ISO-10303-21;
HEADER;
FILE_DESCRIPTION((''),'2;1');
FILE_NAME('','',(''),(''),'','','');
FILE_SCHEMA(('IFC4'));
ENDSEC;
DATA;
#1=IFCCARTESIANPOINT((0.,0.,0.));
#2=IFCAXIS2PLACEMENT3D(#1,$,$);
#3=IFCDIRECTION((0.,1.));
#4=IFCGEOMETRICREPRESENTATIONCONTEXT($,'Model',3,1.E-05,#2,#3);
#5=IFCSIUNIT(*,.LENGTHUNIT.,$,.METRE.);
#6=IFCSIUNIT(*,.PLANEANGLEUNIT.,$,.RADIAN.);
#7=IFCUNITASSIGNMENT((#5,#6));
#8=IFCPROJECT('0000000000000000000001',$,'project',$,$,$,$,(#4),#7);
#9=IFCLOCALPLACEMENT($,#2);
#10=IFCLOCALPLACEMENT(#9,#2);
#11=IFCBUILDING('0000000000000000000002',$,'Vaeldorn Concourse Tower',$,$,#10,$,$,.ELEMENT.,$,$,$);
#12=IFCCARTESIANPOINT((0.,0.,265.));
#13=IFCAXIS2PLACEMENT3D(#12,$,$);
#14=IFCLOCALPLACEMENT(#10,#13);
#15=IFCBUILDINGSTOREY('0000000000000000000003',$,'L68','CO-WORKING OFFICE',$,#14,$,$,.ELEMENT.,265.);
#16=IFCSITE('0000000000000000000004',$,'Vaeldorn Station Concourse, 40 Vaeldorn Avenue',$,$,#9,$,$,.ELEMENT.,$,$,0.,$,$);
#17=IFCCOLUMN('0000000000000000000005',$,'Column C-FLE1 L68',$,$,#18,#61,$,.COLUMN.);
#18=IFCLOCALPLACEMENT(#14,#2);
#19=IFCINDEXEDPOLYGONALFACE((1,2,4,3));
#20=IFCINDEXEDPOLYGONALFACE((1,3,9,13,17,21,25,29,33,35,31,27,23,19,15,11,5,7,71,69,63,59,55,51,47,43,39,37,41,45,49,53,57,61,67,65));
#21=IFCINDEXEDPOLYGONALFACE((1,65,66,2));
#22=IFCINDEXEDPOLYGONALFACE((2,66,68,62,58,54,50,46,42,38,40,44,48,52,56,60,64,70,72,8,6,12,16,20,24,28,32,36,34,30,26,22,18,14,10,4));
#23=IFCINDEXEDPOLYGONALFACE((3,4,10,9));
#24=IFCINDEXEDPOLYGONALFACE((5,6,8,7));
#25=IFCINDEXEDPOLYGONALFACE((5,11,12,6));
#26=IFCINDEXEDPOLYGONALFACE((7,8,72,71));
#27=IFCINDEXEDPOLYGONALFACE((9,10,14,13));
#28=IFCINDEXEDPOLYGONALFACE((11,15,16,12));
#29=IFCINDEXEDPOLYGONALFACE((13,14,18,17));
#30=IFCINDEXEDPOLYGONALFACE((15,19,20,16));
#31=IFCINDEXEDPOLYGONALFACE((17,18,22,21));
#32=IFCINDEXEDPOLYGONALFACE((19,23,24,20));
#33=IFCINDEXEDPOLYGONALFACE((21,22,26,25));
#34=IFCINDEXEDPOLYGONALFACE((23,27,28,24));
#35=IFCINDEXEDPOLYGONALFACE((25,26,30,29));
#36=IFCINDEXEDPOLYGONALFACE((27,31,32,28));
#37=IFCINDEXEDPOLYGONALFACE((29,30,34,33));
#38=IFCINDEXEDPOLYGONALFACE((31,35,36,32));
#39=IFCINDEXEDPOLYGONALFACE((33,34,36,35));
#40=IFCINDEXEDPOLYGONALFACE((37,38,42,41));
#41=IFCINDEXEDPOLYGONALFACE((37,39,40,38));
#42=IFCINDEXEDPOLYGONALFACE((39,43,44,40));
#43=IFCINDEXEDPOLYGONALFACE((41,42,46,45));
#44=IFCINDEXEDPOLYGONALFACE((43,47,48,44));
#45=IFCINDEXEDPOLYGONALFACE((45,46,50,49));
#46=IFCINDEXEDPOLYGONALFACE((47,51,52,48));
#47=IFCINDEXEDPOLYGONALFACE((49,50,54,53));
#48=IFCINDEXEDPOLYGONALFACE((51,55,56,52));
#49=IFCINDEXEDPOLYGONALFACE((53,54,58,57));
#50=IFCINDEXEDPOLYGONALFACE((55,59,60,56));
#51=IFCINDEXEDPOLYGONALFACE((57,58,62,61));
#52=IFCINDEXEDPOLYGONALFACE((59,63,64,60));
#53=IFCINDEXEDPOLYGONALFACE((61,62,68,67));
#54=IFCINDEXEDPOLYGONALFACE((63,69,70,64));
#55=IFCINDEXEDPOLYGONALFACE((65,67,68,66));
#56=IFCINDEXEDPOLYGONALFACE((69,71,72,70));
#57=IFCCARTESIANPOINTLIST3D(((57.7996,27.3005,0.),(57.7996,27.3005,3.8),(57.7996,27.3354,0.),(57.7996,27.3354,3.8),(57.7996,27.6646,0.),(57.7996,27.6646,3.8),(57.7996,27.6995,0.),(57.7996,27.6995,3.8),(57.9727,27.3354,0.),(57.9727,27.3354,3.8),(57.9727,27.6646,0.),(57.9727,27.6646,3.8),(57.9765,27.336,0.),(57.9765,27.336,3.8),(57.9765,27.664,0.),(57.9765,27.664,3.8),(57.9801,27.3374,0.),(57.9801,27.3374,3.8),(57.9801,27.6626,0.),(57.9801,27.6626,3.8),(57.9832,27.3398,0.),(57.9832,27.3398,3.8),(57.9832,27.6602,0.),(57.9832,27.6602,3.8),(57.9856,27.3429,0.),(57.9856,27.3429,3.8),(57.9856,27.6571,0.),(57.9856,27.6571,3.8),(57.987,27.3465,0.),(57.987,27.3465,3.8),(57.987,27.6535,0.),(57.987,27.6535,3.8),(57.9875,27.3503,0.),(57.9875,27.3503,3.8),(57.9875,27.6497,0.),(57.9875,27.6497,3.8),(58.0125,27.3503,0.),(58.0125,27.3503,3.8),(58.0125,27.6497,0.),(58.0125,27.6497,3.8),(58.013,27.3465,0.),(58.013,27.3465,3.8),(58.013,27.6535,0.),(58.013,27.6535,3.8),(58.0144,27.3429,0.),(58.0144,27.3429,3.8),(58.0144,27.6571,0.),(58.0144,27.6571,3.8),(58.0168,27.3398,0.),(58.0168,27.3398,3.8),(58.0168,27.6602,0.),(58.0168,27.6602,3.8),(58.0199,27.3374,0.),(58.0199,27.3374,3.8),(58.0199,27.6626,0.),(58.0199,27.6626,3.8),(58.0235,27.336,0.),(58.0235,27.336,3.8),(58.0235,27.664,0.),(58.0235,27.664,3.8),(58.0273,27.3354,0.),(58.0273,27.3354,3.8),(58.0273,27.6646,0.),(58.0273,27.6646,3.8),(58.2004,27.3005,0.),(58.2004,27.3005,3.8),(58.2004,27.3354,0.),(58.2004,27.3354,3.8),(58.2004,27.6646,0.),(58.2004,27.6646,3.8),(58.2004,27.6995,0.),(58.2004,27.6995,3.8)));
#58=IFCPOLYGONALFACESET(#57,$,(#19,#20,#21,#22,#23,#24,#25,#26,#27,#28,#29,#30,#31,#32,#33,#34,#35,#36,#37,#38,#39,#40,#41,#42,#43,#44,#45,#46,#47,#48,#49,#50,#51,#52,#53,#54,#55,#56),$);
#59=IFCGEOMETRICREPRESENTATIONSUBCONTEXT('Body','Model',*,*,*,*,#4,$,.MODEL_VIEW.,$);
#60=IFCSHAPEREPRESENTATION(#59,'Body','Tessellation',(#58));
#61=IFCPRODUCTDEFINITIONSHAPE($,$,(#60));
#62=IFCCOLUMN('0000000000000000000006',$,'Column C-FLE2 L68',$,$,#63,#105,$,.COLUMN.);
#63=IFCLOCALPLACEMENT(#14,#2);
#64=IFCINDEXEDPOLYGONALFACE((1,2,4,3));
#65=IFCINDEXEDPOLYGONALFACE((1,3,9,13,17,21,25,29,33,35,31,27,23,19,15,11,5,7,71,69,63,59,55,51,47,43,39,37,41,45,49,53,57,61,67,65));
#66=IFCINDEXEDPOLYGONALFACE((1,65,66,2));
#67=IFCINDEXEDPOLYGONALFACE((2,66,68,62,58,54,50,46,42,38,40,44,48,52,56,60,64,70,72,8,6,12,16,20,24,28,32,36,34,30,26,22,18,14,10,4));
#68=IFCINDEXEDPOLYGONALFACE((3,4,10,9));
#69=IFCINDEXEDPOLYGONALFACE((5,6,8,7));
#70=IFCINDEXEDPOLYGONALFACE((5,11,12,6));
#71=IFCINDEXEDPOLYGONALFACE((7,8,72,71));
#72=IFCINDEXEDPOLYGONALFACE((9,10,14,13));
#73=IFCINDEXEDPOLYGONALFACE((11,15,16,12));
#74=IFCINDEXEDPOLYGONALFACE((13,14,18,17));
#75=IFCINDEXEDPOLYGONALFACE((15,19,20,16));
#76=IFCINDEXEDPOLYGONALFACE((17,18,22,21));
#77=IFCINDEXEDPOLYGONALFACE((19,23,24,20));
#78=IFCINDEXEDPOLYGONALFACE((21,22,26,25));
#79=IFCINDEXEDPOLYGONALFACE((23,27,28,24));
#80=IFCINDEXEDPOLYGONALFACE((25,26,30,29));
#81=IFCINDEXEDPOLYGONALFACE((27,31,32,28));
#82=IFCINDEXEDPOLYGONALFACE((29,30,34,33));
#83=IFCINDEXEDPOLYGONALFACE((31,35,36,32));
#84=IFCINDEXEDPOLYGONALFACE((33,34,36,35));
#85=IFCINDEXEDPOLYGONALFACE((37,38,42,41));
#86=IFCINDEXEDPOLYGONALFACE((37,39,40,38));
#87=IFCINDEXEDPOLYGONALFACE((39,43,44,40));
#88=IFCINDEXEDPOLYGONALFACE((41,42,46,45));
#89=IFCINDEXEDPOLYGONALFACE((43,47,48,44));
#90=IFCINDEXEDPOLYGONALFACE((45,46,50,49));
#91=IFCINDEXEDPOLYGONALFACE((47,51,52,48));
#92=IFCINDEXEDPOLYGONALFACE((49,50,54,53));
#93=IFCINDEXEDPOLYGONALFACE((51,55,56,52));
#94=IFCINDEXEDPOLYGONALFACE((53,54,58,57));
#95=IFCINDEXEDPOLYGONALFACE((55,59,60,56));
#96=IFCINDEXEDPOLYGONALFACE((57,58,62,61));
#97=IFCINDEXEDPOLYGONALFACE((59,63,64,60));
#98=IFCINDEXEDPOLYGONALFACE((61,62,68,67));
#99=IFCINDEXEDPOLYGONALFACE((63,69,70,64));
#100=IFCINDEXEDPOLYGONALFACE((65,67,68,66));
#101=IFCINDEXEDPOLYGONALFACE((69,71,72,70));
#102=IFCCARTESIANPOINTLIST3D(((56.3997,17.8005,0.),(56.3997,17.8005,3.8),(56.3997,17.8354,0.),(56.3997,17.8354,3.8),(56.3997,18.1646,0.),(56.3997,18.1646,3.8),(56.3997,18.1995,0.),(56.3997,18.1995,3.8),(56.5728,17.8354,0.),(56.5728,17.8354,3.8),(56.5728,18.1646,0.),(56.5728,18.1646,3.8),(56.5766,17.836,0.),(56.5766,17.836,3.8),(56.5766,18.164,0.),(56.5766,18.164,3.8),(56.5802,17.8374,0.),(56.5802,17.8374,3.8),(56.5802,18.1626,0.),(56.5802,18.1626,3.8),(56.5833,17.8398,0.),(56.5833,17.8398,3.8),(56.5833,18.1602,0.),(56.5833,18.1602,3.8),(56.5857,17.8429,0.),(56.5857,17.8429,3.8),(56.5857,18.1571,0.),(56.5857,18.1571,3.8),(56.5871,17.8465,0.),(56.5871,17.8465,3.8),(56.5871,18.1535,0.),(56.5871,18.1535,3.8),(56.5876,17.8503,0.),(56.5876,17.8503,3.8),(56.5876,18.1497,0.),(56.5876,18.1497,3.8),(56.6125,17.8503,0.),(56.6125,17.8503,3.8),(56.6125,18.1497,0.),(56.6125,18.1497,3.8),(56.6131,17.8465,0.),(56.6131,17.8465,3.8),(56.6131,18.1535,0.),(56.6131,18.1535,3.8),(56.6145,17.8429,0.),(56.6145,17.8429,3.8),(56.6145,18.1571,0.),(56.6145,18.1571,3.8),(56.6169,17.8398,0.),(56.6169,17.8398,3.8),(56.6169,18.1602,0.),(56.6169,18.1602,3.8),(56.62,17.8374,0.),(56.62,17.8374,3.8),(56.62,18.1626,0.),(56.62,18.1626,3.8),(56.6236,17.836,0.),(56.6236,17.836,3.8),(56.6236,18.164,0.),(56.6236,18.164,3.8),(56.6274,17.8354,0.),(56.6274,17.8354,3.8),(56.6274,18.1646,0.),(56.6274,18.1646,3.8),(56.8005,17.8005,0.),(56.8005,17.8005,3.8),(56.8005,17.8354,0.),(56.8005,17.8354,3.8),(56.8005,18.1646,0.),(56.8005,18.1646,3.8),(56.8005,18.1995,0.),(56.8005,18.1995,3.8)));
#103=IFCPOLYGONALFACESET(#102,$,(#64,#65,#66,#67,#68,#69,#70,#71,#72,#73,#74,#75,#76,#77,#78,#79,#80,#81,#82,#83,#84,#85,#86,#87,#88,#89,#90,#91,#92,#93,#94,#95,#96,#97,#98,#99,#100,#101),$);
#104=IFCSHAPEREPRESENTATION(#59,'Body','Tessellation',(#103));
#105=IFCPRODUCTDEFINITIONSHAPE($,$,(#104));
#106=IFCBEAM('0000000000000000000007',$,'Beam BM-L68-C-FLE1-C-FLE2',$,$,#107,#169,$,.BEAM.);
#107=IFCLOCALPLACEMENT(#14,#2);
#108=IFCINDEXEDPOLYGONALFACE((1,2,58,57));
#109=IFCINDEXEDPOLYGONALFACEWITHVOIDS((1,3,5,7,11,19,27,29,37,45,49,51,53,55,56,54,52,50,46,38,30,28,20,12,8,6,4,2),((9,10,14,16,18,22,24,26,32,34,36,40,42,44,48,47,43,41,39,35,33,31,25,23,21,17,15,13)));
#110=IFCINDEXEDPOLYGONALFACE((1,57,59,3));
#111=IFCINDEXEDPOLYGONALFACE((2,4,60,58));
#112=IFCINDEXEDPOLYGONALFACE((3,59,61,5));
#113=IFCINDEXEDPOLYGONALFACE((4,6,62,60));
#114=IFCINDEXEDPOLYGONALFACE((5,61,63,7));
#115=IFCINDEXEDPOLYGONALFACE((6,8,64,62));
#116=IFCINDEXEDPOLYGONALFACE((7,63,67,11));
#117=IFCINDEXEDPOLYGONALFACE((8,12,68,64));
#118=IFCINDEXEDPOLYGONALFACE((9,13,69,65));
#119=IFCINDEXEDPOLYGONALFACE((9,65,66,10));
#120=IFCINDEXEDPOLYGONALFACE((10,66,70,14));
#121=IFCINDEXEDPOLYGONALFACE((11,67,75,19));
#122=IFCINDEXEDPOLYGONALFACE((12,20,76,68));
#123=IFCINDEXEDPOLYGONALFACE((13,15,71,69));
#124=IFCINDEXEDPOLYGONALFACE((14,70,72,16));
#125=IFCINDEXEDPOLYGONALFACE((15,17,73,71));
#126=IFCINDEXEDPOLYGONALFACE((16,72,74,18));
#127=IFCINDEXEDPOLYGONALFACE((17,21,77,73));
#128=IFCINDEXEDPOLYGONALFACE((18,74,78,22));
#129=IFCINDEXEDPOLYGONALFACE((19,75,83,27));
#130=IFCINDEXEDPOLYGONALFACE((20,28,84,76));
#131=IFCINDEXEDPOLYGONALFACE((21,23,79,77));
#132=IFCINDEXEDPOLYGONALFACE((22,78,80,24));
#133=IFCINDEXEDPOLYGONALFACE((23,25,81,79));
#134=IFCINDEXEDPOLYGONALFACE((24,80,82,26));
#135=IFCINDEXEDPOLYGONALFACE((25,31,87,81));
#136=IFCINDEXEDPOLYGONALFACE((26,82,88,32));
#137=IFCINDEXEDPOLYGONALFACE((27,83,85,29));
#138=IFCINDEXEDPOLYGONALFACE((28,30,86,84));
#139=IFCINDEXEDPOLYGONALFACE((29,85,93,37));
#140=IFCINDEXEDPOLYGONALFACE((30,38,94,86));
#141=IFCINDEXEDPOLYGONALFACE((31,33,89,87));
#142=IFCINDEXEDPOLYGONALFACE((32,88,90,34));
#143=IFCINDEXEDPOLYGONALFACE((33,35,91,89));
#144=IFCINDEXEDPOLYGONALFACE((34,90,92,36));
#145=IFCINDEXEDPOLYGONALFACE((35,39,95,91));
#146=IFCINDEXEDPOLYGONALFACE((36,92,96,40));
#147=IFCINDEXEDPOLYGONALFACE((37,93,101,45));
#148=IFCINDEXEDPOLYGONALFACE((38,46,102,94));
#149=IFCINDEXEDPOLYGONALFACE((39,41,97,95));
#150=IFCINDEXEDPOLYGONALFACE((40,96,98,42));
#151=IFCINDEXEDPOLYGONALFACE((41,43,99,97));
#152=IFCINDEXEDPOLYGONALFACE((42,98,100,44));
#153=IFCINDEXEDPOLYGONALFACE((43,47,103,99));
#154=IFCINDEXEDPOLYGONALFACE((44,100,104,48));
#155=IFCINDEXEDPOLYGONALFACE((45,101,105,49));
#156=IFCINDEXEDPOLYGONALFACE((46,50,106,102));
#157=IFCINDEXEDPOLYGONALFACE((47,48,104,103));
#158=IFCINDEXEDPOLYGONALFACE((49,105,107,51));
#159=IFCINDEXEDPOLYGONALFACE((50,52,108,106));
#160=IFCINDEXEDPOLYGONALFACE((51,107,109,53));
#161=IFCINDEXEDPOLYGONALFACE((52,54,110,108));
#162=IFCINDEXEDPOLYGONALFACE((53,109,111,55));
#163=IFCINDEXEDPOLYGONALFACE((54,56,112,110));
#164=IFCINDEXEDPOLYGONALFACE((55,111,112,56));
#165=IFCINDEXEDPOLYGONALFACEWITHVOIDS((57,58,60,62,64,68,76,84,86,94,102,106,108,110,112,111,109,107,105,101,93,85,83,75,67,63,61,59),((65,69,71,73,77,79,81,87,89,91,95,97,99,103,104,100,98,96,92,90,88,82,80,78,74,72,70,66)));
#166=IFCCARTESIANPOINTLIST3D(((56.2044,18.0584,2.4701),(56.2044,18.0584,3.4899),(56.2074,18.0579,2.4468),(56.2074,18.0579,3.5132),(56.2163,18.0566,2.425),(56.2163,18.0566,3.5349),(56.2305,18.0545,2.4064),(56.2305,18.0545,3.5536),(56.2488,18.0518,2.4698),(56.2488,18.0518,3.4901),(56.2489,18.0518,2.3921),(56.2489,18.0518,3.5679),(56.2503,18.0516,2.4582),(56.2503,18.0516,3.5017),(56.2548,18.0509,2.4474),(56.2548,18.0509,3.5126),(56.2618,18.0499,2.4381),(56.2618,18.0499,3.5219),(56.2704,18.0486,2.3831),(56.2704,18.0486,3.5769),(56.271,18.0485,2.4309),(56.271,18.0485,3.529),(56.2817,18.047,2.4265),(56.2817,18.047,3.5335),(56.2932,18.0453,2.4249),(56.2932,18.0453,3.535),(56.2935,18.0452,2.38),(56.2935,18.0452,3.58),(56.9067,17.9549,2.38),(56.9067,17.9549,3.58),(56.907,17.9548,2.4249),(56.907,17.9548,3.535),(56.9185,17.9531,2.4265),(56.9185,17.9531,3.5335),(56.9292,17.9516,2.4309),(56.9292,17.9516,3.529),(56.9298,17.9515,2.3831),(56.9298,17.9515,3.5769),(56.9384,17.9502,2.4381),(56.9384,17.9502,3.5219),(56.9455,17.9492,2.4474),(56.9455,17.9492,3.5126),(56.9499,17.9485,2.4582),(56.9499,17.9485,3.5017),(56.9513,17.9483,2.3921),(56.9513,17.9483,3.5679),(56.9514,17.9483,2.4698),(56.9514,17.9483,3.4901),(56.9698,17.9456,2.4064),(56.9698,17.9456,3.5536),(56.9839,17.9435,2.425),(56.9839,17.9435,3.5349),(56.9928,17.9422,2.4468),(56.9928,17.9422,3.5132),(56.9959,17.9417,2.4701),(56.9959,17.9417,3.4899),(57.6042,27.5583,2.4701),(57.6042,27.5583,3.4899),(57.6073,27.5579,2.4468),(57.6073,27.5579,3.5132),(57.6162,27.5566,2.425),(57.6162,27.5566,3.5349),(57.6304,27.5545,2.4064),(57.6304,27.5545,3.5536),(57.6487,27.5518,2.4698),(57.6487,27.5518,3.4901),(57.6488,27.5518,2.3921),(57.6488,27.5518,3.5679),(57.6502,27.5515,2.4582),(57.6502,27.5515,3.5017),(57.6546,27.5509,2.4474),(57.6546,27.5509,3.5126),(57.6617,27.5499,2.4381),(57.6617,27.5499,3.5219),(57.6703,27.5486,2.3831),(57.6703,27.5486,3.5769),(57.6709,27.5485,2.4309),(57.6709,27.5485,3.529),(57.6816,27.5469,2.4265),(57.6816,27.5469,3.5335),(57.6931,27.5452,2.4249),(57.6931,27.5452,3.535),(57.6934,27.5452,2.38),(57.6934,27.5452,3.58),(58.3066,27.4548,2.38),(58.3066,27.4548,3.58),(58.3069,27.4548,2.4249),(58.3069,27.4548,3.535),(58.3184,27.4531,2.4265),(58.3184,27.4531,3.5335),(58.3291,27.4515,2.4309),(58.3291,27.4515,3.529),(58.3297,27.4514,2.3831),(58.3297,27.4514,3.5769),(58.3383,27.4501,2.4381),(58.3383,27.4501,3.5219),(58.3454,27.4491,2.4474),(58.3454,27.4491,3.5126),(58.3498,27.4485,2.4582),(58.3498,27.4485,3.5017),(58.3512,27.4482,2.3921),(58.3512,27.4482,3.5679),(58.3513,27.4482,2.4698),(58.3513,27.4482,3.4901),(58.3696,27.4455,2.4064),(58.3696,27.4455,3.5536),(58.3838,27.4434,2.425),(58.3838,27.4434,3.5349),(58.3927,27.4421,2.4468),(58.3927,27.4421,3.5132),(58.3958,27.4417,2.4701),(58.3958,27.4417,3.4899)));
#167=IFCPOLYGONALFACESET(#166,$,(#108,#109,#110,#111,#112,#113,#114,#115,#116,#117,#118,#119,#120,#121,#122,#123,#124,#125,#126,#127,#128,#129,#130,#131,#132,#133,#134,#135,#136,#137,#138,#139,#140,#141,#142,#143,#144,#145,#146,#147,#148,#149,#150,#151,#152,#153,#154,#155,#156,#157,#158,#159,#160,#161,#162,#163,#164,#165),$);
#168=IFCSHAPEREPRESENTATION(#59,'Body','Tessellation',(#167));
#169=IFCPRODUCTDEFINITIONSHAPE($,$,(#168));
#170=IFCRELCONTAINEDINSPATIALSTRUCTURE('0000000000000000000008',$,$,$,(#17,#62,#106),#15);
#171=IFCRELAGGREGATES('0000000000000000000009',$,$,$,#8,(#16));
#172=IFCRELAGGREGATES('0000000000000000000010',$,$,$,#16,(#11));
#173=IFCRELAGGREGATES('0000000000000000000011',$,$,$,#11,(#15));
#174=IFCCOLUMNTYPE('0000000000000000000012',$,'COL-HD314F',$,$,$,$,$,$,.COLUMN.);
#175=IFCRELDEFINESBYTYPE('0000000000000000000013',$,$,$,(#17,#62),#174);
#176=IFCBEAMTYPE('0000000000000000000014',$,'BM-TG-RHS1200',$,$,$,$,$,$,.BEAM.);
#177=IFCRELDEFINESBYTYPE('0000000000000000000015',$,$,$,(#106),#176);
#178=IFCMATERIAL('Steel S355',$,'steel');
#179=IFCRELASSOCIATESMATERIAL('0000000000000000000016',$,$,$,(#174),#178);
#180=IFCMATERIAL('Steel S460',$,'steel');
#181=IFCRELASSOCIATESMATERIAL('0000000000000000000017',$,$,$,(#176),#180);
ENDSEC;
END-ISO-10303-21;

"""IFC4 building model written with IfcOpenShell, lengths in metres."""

from ifc_helpers import new_model, si_unit, direction, frame, origin, origin_2d, place, context, subcontext, project, spatial, hollow_rectangle, i_section, extrude, source, transform, mapped, material, material_profile, profile_set, type_object, element, save


model = new_model("IFC4")

# Units and contexts
model_context = context("Model", 3, precision=1e-05, world=origin(), true_north=direction((0.0, 1.0)))
body_context = subcontext(model_context, "Body", "Model", "MODEL_VIEW")
ifc_project = project(units=[si_unit("LENGTHUNIT", "METRE"), si_unit("PLANEANGLEUNIT", "RADIAN")], contexts=[model_context])

# Site, building, storey
site_placement = place(None, origin())
site = spatial("IfcSite", under=ifc_project, at=site_placement, Name="Vaeldorn Station Concourse, 40 Vaeldorn Avenue", CompositionType="ELEMENT", RefElevation=0.0)
building_placement = place(site_placement, origin())
building = spatial("IfcBuilding", under=site, at=building_placement, Name="Vaeldorn Concourse Tower", CompositionType="ELEMENT")
storey_placement = place(building_placement, frame((0.0, 0.0, 265.0)))
storey = spatial("IfcBuildingStorey", under=building, at=storey_placement, Name="L68", Description="CO-WORKING OFFICE", CompositionType="ELEMENT", Elevation=265.0)

# Columns
ifc_material_1 = material(Name="Steel S355", Category="steel")
ifc_material_profile_1 = material_profile(ifc_material_1, i_section(OverallWidth=0.4009, OverallDepth=0.3989, WebThickness=0.0249, FlangeThickness=0.0349, FilletRadius=0.0149, at=origin_2d()), Name="HD 400x314")
ifc_profile_set_1 = profile_set([ifc_material_profile_1], Name="Steel S355")
column_type = type_object("IfcColumnType", Name="COL-HD314F", PredefinedType="COLUMN", material=ifc_profile_set_1)
shared_shape_1 = source(origin(), body_context, "Body", "SweptSolid", [
    extrude(i_section(OverallWidth=0.4009, OverallDepth=0.3989, WebThickness=0.0249, FlangeThickness=0.0349, FilletRadius=0.0149, at=origin_2d()), origin(), (0.0, 0.0, 1.0), 3.8),
])
for number, where, z_axis, x_axis, name in (
    (1, (58.0, 27.5, 0.0), (0.0, 0.0, 1.0), (1.0, 0.0, 0.0), "Column C-FLE1 L68"),
    (2, (56.6001, 18.0, 0.0), (0.0, 0.0, 1.0), (1.0, 0.0, 0.0), "Column C-FLE2 L68"),
):
    element("IfcColumn", number, at=place(storey_placement, frame(where, z_axis=z_axis, x_axis=x_axis)), inside=storey, type_object=column_type, Name=name, PredefinedType="COLUMN", context=body_context, shape_type="MappedRepresentation", body=[
        mapped(shared_shape_1, transform((0.0, 0.0, 0.0), scale=1.0)),
    ])

# Beam
ifc_material_2 = material(Name="Steel S460", Category="steel")
ifc_material_profile_2 = material_profile(ifc_material_2, hollow_rectangle(XDim=0.8, YDim=1.2, WallThickness=0.0449, InnerFilletRadius=0.0449, OuterFilletRadius=0.0901, at=origin_2d()), Name="RHS 1200x800x45")
ifc_profile_set_2 = profile_set([ifc_material_profile_2], Name="Steel S460")
beam_type_1 = type_object("IfcBeamType", Name="BM-TG-RHS1200", PredefinedType="BEAM", material=ifc_profile_set_2)
shared_shape_2 = source(origin(), body_context, "Body", "SweptSolid", [
    extrude(hollow_rectangle(XDim=0.8, YDim=1.2, WallThickness=0.0449, InnerFilletRadius=0.0449, OuterFilletRadius=0.0901, at=origin_2d()), origin(), (0.0, 0.0, 1.0), 9.6025),
])
beam_1_placement = place(storey_placement, frame((58.0, 27.5, 2.98), z_axis=(-0.145784, -0.989316, 0.0), x_axis=(0.989316, -0.145784, 0.0)))
element("IfcBeam", 3, at=beam_1_placement, inside=storey, type_object=beam_type_1, Name="Beam BM-L68-C-FLE1-C-FLE2", PredefinedType="BEAM", context=body_context, shape_type="MappedRepresentation", body=[
    mapped(shared_shape_2, transform((0.0, 0.0, 0.0), scale=1.0)),
])

save(model, "model.ifc")
